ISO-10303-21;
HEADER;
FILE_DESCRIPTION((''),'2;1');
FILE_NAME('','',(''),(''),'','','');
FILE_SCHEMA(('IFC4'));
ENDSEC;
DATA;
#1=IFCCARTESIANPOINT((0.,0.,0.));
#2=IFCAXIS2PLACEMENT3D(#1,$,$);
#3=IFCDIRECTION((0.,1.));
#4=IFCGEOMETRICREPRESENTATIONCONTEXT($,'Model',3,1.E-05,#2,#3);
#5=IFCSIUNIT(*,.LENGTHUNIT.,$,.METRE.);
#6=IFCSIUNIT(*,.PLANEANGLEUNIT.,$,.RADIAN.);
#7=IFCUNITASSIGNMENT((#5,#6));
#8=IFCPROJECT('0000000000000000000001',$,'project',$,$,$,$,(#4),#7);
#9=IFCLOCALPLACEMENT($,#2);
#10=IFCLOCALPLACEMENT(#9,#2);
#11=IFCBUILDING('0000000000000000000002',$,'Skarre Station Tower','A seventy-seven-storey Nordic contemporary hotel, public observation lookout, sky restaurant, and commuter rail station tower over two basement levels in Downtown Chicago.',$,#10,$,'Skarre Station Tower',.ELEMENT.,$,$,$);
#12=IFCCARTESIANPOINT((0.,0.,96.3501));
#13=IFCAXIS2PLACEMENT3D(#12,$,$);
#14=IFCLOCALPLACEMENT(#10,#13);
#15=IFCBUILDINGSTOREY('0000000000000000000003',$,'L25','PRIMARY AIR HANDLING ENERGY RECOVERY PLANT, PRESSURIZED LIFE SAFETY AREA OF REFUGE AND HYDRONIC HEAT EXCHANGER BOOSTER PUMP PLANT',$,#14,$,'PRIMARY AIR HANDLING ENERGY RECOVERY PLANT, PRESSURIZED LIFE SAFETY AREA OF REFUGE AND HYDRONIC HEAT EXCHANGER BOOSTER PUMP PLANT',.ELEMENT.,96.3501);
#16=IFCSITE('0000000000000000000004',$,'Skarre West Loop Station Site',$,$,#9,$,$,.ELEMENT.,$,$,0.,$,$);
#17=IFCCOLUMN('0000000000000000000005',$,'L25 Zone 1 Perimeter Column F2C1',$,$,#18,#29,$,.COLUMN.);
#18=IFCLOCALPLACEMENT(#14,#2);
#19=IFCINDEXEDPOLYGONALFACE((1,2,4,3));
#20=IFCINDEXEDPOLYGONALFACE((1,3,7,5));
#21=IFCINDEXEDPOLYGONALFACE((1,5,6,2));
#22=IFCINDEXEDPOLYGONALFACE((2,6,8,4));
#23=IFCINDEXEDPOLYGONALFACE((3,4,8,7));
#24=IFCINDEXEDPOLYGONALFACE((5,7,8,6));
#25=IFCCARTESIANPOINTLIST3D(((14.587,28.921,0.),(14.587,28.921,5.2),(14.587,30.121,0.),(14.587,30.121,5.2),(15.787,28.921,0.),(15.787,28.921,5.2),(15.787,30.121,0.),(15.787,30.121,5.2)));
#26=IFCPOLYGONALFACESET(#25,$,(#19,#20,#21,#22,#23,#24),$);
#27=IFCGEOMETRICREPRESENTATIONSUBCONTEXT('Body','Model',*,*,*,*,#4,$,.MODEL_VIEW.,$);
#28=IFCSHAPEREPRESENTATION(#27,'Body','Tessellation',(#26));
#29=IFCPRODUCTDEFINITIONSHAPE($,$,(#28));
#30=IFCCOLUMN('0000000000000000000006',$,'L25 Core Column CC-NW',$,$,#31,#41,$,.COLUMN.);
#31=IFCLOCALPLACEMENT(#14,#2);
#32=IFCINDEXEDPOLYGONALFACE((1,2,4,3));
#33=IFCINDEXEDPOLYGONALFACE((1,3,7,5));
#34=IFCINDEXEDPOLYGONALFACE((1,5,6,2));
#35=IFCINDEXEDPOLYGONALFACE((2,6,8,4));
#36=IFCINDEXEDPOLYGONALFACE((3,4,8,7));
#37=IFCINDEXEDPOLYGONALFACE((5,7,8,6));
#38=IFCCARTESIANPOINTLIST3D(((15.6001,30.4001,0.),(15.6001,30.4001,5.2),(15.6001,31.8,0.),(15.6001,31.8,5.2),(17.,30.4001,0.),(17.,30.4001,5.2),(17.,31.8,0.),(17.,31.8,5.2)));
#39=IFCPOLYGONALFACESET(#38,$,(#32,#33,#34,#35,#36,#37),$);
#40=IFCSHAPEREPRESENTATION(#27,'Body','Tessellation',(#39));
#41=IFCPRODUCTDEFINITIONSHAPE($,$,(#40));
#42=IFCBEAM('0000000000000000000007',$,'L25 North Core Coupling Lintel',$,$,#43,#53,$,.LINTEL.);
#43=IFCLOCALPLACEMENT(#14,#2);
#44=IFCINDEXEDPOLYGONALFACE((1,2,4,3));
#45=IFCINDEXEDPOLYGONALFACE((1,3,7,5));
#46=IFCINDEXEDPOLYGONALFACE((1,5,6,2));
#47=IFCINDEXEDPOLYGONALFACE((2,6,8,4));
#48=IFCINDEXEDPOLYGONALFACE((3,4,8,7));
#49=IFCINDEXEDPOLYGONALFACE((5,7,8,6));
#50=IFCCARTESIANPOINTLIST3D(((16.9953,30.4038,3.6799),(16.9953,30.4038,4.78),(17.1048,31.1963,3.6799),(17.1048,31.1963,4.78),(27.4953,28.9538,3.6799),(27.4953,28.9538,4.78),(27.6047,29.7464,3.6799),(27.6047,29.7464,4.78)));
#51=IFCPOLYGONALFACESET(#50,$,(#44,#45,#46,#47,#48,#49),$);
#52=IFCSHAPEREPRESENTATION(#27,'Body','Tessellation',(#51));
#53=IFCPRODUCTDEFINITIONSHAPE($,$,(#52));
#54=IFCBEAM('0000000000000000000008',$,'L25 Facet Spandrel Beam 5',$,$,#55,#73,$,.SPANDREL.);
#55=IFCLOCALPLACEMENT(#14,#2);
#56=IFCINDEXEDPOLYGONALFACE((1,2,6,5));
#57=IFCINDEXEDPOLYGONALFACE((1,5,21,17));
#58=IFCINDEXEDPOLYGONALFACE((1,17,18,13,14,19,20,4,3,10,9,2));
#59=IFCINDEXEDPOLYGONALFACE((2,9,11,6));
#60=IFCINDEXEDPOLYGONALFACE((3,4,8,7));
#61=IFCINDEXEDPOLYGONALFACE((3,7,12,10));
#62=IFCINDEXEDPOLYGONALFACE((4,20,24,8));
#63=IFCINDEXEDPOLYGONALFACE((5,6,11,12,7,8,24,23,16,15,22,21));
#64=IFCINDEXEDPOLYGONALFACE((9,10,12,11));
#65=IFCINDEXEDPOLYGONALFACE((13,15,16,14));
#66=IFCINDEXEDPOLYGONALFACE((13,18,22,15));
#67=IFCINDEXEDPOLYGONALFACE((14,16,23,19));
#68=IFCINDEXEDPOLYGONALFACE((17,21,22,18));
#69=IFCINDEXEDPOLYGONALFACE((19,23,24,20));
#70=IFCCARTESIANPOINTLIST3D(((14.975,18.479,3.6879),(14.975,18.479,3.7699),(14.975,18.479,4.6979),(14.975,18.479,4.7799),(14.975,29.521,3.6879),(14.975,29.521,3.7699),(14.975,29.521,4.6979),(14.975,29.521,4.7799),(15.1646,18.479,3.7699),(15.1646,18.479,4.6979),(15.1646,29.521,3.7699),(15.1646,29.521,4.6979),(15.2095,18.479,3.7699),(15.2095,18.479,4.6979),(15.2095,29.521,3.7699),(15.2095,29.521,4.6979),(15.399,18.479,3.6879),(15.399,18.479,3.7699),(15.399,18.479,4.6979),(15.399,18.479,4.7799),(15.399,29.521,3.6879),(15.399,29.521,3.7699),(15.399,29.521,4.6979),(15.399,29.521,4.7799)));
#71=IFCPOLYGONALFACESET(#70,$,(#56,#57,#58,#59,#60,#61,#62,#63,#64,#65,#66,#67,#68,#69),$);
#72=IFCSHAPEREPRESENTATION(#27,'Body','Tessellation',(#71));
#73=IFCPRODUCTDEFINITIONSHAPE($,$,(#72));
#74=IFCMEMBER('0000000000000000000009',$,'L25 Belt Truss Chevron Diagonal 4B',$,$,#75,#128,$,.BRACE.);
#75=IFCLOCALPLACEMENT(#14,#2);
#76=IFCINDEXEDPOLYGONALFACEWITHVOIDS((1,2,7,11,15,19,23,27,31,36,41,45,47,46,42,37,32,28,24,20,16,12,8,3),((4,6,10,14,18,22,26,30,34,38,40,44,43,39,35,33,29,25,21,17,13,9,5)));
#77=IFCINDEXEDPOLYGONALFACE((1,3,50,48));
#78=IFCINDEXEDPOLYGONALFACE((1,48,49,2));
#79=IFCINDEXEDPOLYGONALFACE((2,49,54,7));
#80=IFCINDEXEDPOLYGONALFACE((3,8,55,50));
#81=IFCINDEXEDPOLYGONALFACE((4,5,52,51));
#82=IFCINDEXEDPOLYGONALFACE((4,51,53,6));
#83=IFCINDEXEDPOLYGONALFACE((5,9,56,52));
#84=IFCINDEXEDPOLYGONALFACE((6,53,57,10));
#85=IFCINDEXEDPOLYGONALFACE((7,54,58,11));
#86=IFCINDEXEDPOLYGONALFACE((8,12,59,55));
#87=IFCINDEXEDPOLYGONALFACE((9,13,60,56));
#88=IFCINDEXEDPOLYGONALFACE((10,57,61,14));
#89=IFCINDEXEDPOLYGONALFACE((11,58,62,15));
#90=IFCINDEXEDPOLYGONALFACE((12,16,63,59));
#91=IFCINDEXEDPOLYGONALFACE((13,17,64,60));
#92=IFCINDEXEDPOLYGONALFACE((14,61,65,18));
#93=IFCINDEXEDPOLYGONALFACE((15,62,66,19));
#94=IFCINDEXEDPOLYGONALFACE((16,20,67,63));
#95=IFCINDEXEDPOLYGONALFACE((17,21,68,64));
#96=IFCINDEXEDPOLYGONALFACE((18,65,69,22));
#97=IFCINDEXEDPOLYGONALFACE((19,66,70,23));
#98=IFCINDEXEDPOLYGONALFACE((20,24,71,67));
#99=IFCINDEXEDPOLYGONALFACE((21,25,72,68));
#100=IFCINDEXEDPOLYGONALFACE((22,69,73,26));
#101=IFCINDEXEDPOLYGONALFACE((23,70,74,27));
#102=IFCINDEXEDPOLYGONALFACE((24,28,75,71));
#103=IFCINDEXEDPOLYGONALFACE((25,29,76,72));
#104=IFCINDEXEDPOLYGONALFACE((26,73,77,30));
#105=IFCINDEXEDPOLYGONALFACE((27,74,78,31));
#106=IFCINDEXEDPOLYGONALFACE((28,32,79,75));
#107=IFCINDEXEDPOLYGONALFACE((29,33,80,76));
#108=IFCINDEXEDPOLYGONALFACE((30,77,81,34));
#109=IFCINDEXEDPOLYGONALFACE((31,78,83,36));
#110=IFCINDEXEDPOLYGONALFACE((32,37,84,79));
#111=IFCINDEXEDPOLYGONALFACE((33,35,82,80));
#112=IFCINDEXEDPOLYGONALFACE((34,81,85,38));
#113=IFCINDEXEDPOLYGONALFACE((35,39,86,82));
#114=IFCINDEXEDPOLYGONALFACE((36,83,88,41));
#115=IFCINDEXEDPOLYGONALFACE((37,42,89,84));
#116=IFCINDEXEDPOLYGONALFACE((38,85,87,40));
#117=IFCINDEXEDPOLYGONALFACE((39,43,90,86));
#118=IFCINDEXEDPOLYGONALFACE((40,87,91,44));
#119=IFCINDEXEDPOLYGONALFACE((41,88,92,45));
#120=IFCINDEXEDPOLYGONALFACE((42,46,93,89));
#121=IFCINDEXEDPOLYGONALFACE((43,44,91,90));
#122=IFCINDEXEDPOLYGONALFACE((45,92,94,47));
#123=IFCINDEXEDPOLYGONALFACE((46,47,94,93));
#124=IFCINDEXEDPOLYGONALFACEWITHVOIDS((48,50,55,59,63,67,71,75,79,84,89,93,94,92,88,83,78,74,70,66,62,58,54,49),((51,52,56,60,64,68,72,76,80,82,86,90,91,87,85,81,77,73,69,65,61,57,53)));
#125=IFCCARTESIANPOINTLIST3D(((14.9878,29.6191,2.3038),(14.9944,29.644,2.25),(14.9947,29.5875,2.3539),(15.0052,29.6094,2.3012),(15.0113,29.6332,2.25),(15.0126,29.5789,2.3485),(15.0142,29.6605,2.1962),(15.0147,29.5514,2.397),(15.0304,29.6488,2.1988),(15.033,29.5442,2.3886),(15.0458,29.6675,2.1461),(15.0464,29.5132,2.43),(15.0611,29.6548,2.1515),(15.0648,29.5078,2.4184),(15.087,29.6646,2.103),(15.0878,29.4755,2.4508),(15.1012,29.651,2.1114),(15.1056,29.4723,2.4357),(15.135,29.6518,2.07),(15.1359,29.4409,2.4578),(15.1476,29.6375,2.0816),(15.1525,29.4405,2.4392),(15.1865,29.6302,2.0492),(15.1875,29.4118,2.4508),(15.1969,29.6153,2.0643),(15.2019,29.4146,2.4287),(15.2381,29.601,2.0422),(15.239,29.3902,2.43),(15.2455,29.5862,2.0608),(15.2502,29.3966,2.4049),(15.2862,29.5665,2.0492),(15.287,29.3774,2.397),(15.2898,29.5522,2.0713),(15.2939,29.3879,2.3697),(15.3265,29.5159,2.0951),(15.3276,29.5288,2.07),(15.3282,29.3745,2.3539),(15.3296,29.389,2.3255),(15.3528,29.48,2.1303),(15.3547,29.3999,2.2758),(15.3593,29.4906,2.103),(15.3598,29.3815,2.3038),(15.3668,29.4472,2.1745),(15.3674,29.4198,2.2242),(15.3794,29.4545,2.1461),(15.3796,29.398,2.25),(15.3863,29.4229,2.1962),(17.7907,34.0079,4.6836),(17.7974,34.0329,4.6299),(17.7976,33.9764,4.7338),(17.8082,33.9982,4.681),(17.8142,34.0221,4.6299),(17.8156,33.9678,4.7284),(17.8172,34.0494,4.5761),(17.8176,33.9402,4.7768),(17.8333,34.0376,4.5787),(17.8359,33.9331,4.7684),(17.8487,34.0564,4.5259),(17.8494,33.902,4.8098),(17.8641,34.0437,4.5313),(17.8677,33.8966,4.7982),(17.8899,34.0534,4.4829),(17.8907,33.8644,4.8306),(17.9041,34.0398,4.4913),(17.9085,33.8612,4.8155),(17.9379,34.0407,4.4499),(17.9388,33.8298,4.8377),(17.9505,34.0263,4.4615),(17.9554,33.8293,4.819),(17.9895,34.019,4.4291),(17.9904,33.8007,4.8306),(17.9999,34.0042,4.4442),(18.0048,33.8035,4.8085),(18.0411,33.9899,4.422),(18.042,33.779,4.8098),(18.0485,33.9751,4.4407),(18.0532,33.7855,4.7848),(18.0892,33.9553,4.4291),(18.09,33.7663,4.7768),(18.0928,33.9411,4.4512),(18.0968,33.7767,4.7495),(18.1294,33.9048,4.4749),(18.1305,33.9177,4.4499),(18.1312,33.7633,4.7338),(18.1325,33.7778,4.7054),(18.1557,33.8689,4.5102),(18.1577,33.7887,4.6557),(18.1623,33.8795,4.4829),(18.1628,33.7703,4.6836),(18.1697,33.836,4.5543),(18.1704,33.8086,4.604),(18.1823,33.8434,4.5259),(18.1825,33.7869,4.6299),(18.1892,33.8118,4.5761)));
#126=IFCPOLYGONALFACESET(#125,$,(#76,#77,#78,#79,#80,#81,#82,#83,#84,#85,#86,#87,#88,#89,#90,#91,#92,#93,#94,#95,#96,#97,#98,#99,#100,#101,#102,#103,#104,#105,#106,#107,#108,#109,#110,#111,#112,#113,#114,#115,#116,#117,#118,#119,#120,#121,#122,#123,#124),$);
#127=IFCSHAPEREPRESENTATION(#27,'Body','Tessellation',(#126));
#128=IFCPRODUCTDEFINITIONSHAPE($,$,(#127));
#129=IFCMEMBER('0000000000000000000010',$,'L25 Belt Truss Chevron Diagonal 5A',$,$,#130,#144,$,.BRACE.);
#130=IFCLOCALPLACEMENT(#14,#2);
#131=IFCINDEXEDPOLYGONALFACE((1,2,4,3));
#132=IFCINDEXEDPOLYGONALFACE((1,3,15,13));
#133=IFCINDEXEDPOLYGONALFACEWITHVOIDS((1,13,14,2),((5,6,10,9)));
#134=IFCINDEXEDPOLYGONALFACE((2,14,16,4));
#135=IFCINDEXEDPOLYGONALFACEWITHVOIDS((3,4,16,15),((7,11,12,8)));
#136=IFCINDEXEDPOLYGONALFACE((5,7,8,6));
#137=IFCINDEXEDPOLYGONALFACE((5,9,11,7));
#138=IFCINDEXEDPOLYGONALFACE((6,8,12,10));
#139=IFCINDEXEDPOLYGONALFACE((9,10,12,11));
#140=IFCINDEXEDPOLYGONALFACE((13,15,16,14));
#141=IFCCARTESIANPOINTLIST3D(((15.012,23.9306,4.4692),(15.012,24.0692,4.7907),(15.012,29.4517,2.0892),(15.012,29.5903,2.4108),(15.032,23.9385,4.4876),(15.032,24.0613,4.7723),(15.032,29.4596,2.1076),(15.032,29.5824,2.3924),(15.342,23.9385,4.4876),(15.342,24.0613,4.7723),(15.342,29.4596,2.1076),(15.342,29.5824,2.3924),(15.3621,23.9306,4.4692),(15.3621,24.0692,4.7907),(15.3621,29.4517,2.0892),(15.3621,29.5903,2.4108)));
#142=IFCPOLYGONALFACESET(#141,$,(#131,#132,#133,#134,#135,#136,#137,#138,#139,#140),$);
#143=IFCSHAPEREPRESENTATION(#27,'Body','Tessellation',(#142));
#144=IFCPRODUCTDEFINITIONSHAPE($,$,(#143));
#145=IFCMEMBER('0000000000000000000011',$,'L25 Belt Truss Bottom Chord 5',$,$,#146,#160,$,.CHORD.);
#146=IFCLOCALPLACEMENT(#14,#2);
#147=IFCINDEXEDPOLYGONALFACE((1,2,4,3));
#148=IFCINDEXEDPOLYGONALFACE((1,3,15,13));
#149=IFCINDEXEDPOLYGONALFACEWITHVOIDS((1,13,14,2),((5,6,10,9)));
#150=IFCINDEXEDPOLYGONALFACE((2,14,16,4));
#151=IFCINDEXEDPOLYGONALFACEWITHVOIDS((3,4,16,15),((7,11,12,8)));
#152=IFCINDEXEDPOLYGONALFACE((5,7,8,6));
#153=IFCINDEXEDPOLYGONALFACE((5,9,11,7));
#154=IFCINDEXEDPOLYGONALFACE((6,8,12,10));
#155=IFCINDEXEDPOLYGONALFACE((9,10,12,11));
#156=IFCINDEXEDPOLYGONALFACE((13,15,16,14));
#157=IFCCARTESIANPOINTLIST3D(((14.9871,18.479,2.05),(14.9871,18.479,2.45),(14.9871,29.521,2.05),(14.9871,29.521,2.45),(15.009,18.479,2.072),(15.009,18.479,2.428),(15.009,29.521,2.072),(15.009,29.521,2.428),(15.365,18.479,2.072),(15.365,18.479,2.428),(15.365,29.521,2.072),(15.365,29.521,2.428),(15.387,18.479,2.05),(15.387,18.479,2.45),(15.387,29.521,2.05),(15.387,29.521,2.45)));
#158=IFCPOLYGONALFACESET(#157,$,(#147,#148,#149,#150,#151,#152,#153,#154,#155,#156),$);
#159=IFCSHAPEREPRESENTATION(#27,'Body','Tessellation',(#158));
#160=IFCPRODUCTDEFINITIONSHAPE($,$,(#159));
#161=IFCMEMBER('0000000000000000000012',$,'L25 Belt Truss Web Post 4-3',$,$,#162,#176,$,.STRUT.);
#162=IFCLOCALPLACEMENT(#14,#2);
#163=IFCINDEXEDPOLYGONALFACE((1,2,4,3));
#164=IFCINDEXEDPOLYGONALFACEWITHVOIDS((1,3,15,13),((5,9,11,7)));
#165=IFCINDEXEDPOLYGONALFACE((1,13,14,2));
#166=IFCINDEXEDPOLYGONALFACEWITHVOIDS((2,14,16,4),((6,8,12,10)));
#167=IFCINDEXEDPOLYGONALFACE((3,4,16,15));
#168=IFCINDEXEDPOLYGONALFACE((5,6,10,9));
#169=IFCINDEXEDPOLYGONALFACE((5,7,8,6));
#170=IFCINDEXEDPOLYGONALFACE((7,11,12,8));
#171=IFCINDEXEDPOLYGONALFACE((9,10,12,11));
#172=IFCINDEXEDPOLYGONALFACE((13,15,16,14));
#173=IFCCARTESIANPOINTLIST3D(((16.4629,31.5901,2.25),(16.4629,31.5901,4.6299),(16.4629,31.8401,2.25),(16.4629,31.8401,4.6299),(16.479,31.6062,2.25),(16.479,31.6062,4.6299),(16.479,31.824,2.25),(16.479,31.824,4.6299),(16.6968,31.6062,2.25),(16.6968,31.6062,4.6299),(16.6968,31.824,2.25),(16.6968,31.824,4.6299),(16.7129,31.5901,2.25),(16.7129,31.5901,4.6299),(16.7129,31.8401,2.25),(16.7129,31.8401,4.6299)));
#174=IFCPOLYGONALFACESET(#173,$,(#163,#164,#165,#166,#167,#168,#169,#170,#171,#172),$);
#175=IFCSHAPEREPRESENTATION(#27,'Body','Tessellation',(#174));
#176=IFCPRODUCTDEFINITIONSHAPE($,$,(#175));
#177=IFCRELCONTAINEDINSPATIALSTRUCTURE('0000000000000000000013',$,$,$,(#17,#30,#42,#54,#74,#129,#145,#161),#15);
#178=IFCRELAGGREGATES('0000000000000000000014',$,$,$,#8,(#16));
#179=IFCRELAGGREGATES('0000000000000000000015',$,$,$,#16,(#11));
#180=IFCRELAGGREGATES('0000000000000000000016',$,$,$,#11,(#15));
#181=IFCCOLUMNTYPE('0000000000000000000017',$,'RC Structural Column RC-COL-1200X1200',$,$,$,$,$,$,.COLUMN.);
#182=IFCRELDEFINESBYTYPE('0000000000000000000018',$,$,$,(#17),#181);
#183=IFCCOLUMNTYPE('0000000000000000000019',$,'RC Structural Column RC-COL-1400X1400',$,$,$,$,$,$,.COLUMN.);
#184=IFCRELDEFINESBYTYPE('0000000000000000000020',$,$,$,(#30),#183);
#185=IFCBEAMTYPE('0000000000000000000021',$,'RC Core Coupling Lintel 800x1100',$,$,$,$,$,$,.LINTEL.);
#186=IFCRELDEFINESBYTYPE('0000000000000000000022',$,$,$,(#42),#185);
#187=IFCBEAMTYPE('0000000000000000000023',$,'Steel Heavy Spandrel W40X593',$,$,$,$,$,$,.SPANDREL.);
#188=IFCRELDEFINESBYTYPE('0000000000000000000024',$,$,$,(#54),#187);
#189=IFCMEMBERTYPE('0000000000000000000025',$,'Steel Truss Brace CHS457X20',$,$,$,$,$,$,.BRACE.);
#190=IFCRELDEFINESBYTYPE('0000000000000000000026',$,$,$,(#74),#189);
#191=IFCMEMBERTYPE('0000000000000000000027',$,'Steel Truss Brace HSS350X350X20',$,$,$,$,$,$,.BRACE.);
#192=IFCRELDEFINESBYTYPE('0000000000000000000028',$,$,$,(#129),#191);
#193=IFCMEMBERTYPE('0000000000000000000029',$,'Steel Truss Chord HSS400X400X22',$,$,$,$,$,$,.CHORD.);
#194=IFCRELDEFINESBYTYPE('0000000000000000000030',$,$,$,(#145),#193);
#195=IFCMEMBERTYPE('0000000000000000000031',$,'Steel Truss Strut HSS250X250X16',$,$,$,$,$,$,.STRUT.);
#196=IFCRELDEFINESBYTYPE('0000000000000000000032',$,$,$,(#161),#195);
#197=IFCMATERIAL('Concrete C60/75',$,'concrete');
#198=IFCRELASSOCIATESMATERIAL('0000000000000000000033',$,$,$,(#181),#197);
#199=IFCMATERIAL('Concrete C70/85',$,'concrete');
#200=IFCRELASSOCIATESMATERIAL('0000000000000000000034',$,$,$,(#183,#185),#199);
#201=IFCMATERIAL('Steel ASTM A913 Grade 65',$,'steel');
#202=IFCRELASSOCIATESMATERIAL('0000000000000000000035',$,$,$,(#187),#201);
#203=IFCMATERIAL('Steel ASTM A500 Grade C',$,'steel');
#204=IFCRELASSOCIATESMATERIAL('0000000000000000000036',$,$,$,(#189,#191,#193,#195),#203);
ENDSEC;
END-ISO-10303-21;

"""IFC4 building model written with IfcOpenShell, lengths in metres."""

from ifc_helpers import new_model, si_unit, direction, frame, origin, origin_2d, place, context, subcontext, project, spatial, rectangle, hollow_rectangle, hollow_circle, i_section, extrude, material, material_profile, profile_set, type_object, element, save


model = new_model("IFC4")

# Units and contexts
model_context = context("Model", 3, precision=1e-05, world=origin(), true_north=direction((0.0, 1.0)))
body_context = subcontext(model_context, "Body", "Model", "MODEL_VIEW")
ifc_project = project(units=[si_unit("LENGTHUNIT", "METRE"), si_unit("PLANEANGLEUNIT", "RADIAN")], contexts=[model_context])

# Site, building, storey
site_placement = place(None, origin())
site = spatial("IfcSite", under=ifc_project, at=site_placement, Name="Skarre West Loop Station Site", CompositionType="ELEMENT", RefElevation=0.0)
building_placement = place(site_placement, origin())
building = spatial("IfcBuilding", under=site, at=building_placement, Name="Skarre Station Tower", Description="A seventy-seven-storey Nordic contemporary hotel, public observation lookout, sky restaurant, and commuter rail station tower over two basement levels in Downtown Chicago.", LongName="Skarre Station Tower", CompositionType="ELEMENT")
storey_placement = place(building_placement, frame((0.0, 0.0, 96.3501)))
storey = spatial("IfcBuildingStorey", under=building, at=storey_placement, Name="L25", Description="PRIMARY AIR HANDLING ENERGY RECOVERY PLANT, PRESSURIZED LIFE SAFETY AREA OF REFUGE AND HYDRONIC HEAT EXCHANGER BOOSTER PUMP PLANT", LongName="PRIMARY AIR HANDLING ENERGY RECOVERY PLANT, PRESSURIZED LIFE SAFETY AREA OF REFUGE AND HYDRONIC HEAT EXCHANGER BOOSTER PUMP PLANT", CompositionType="ELEMENT", Elevation=96.3501)

# Columns
ifc_material_1 = material(Name="Concrete C60/75", Category="concrete")
ifc_material_profile_1 = material_profile(ifc_material_1, rectangle(XDim=1.2, YDim=1.2, at=origin_2d()), Name="Concrete C60/75")
ifc_profile_set_1 = profile_set([ifc_material_profile_1], Name="Concrete C60/75")
column_type_1 = type_object("IfcColumnType", Name="RC Structural Column RC-COL-1200X1200", PredefinedType="COLUMN", material=ifc_profile_set_1)
column_1_placement = place(storey_placement, frame((15.187, 29.521, 0.0), z_axis=(0.0, 0.0, 1.0), x_axis=(1.0, 0.0, 0.0)))
element("IfcColumn", 1, at=column_1_placement, inside=storey, type_object=column_type_1, Name="L25 Zone 1 Perimeter Column F2C1", PredefinedType="COLUMN", context=body_context, shape_type="SweptSolid", body=[
    extrude(rectangle(XDim=1.2, YDim=1.2, at=origin_2d()), origin(), (0.0, 0.0, 1.0), 5.2),
])
ifc_material_2 = material(Name="Concrete C70/85", Category="concrete")
ifc_material_profile_2 = material_profile(ifc_material_2, rectangle(XDim=1.3999, YDim=1.3999, at=origin_2d()), Name="Concrete C70/85")
ifc_profile_set_2 = profile_set([ifc_material_profile_2], Name="Concrete C70/85")
column_type_2 = type_object("IfcColumnType", Name="RC Structural Column RC-COL-1400X1400", PredefinedType="COLUMN", material=ifc_profile_set_2)
column_2_placement = place(storey_placement, frame((16.3, 31.1001, 0.0), z_axis=(0.0, 0.0, 1.0), x_axis=(1.0, 0.0, 0.0)))
element("IfcColumn", 2, at=column_2_placement, inside=storey, type_object=column_type_2, Name="L25 Core Column CC-NW", PredefinedType="COLUMN", context=body_context, shape_type="SweptSolid", body=[
    extrude(rectangle(XDim=1.3999, YDim=1.3999, at=origin_2d()), origin(), (0.0, 0.0, 1.0), 5.2),
])

# Beams
ifc_material_profile_3 = material_profile(ifc_material_2, rectangle(XDim=0.8, YDim=1.1001, at=origin_2d()), Name="Concrete C70/85")
ifc_profile_set_3 = profile_set([ifc_material_profile_3], Name="Concrete C70/85")
beam_type_1 = type_object("IfcBeamType", Name="RC Core Coupling Lintel 800x1100", PredefinedType="LINTEL", material=ifc_profile_set_3)
beam_1_placement = place(storey_placement, frame((17.05, 30.8, 4.23), z_axis=(0.9906, -0.136792, 0.0), x_axis=(0.136792, 0.9906, 0.0)))
element("IfcBeam", 3, at=beam_1_placement, inside=storey, type_object=beam_type_1, Name="L25 North Core Coupling Lintel", PredefinedType="LINTEL", context=body_context, shape_type="SweptSolid", body=[
    extrude(rectangle(XDim=0.8, YDim=1.1001, at=origin_2d()), origin(), (0.0, 0.0, 1.0), 10.5996),
])
ifc_material_3 = material(Name="Steel ASTM A913 Grade 65", Category="steel")
ifc_material_profile_4 = material_profile(ifc_material_3, i_section(OverallWidth=0.4241, OverallDepth=1.092, WebThickness=0.0449, FlangeThickness=0.082, at=origin_2d()), Name="Steel ASTM A913 Grade 65")
ifc_profile_set_4 = profile_set([ifc_material_profile_4], Name="Steel ASTM A913 Grade 65")
beam_type_2 = type_object("IfcBeamType", Name="Steel Heavy Spandrel W40X593", PredefinedType="SPANDREL", material=ifc_profile_set_4)
beam_2_placement = place(storey_placement, frame((15.187, 29.521, 4.2339), z_axis=(0.0, -1.0, 0.0), x_axis=(1.0, 0.0, 0.0)))
element("IfcBeam", 4, at=beam_2_placement, inside=storey, type_object=beam_type_2, Name="L25 Facet Spandrel Beam 5", PredefinedType="SPANDREL", context=body_context, shape_type="SweptSolid", body=[
    extrude(i_section(OverallWidth=0.4241, OverallDepth=1.092, WebThickness=0.0449, FlangeThickness=0.082, at=origin_2d()), origin(), (0.0, 0.0, 1.0), 11.042),
])

# Members
ifc_material_4 = material(Name="Steel ASTM A500 Grade C", Category="steel")
ifc_material_profile_5 = material_profile(ifc_material_4, hollow_circle(Radius=0.2285, WallThickness=0.02, at=origin_2d()), Name="Steel ASTM A500 Grade C")
ifc_profile_set_5 = profile_set([ifc_material_profile_5], Name="Steel ASTM A500 Grade C")
member_type_1 = type_object("IfcMemberType", Name="Steel Truss Brace CHS457X20", PredefinedType="BRACE", material=ifc_profile_set_5)
member_1_placement = place(storey_placement, frame((15.187, 29.521, 2.25), z_axis=(0.489547, 0.766535, 0.415653), x_axis=(-0.842788, 0.538246, 0.0)))
element("IfcMember", 5, at=member_1_placement, inside=storey, type_object=member_type_1, Name="L25 Belt Truss Chevron Diagonal 4B", PredefinedType="BRACE", context=body_context, shape_type="SweptSolid", body=[
    extrude(hollow_circle(Radius=0.2285, WallThickness=0.02, at=origin_2d()), origin(), (0.0, 0.0, 1.0), 5.7256),
])
ifc_material_profile_6 = material_profile(ifc_material_4, hollow_rectangle(XDim=0.3501, YDim=0.3501, WallThickness=0.02, at=origin_2d()), Name="Steel ASTM A500 Grade C")
ifc_profile_set_6 = profile_set([ifc_material_profile_6], Name="Steel ASTM A500 Grade C")
member_type_2 = type_object("IfcMemberType", Name="Steel Truss Brace HSS350X350X20", PredefinedType="BRACE", material=ifc_profile_set_6)
member_2_placement = place(storey_placement, frame((15.187, 29.521, 2.25), z_axis=(0.0, -0.918315, 0.395849), x_axis=(1.0, 0.0, 0.0)))
element("IfcMember", 6, at=member_2_placement, inside=storey, type_object=member_type_2, Name="L25 Belt Truss Chevron Diagonal 5A", PredefinedType="BRACE", context=body_context, shape_type="SweptSolid", body=[
    extrude(hollow_rectangle(XDim=0.3501, YDim=0.3501, WallThickness=0.02, at=origin_2d()), origin(), (0.0, 0.0, 1.0), 6.0122),
])
ifc_material_profile_7 = material_profile(ifc_material_4, hollow_rectangle(XDim=0.3999, YDim=0.3999, WallThickness=0.022, at=origin_2d()), Name="Steel ASTM A500 Grade C")
ifc_profile_set_7 = profile_set([ifc_material_profile_7], Name="Steel ASTM A500 Grade C")
member_type_3 = type_object("IfcMemberType", Name="Steel Truss Chord HSS400X400X22", PredefinedType="CHORD", material=ifc_profile_set_7)
member_3_placement = place(storey_placement, frame((15.187, 29.521, 2.25), z_axis=(0.0, -1.0, 0.0), x_axis=(1.0, 0.0, 0.0)))
element("IfcMember", 7, at=member_3_placement, inside=storey, type_object=member_type_3, Name="L25 Belt Truss Bottom Chord 5", PredefinedType="CHORD", context=body_context, shape_type="SweptSolid", body=[
    extrude(hollow_rectangle(XDim=0.3999, YDim=0.3999, WallThickness=0.022, at=origin_2d()), origin(), (0.0, 0.0, 1.0), 11.042),
])
ifc_material_profile_8 = material_profile(ifc_material_4, hollow_rectangle(XDim=0.25, YDim=0.25, WallThickness=0.0161, at=origin_2d()), Name="Steel ASTM A500 Grade C")
ifc_profile_set_8 = profile_set([ifc_material_profile_8], Name="Steel ASTM A500 Grade C")
member_type_4 = type_object("IfcMemberType", Name="Steel Truss Strut HSS250X250X16", PredefinedType="STRUT", material=ifc_profile_set_8)
for number, where, z_axis, x_axis, name in (
    (8, (16.5879, 31.7151, 2.25), (0.0, 0.0, 1.0), (1.0, 0.0, 0.0), "L25 Belt Truss Web Post 4-3"),
):
    element("IfcMember", number, at=place(storey_placement, frame(where, z_axis=z_axis, x_axis=x_axis)), inside=storey, type_object=member_type_4, Name=name, PredefinedType="STRUT", context=body_context, shape_type="SweptSolid", body=[
        extrude(hollow_rectangle(XDim=0.25, YDim=0.25, WallThickness=0.0161, at=origin_2d()), origin(), (0.0, 0.0, 1.0), 2.3799),
    ])

save(model, "model.ifc")
